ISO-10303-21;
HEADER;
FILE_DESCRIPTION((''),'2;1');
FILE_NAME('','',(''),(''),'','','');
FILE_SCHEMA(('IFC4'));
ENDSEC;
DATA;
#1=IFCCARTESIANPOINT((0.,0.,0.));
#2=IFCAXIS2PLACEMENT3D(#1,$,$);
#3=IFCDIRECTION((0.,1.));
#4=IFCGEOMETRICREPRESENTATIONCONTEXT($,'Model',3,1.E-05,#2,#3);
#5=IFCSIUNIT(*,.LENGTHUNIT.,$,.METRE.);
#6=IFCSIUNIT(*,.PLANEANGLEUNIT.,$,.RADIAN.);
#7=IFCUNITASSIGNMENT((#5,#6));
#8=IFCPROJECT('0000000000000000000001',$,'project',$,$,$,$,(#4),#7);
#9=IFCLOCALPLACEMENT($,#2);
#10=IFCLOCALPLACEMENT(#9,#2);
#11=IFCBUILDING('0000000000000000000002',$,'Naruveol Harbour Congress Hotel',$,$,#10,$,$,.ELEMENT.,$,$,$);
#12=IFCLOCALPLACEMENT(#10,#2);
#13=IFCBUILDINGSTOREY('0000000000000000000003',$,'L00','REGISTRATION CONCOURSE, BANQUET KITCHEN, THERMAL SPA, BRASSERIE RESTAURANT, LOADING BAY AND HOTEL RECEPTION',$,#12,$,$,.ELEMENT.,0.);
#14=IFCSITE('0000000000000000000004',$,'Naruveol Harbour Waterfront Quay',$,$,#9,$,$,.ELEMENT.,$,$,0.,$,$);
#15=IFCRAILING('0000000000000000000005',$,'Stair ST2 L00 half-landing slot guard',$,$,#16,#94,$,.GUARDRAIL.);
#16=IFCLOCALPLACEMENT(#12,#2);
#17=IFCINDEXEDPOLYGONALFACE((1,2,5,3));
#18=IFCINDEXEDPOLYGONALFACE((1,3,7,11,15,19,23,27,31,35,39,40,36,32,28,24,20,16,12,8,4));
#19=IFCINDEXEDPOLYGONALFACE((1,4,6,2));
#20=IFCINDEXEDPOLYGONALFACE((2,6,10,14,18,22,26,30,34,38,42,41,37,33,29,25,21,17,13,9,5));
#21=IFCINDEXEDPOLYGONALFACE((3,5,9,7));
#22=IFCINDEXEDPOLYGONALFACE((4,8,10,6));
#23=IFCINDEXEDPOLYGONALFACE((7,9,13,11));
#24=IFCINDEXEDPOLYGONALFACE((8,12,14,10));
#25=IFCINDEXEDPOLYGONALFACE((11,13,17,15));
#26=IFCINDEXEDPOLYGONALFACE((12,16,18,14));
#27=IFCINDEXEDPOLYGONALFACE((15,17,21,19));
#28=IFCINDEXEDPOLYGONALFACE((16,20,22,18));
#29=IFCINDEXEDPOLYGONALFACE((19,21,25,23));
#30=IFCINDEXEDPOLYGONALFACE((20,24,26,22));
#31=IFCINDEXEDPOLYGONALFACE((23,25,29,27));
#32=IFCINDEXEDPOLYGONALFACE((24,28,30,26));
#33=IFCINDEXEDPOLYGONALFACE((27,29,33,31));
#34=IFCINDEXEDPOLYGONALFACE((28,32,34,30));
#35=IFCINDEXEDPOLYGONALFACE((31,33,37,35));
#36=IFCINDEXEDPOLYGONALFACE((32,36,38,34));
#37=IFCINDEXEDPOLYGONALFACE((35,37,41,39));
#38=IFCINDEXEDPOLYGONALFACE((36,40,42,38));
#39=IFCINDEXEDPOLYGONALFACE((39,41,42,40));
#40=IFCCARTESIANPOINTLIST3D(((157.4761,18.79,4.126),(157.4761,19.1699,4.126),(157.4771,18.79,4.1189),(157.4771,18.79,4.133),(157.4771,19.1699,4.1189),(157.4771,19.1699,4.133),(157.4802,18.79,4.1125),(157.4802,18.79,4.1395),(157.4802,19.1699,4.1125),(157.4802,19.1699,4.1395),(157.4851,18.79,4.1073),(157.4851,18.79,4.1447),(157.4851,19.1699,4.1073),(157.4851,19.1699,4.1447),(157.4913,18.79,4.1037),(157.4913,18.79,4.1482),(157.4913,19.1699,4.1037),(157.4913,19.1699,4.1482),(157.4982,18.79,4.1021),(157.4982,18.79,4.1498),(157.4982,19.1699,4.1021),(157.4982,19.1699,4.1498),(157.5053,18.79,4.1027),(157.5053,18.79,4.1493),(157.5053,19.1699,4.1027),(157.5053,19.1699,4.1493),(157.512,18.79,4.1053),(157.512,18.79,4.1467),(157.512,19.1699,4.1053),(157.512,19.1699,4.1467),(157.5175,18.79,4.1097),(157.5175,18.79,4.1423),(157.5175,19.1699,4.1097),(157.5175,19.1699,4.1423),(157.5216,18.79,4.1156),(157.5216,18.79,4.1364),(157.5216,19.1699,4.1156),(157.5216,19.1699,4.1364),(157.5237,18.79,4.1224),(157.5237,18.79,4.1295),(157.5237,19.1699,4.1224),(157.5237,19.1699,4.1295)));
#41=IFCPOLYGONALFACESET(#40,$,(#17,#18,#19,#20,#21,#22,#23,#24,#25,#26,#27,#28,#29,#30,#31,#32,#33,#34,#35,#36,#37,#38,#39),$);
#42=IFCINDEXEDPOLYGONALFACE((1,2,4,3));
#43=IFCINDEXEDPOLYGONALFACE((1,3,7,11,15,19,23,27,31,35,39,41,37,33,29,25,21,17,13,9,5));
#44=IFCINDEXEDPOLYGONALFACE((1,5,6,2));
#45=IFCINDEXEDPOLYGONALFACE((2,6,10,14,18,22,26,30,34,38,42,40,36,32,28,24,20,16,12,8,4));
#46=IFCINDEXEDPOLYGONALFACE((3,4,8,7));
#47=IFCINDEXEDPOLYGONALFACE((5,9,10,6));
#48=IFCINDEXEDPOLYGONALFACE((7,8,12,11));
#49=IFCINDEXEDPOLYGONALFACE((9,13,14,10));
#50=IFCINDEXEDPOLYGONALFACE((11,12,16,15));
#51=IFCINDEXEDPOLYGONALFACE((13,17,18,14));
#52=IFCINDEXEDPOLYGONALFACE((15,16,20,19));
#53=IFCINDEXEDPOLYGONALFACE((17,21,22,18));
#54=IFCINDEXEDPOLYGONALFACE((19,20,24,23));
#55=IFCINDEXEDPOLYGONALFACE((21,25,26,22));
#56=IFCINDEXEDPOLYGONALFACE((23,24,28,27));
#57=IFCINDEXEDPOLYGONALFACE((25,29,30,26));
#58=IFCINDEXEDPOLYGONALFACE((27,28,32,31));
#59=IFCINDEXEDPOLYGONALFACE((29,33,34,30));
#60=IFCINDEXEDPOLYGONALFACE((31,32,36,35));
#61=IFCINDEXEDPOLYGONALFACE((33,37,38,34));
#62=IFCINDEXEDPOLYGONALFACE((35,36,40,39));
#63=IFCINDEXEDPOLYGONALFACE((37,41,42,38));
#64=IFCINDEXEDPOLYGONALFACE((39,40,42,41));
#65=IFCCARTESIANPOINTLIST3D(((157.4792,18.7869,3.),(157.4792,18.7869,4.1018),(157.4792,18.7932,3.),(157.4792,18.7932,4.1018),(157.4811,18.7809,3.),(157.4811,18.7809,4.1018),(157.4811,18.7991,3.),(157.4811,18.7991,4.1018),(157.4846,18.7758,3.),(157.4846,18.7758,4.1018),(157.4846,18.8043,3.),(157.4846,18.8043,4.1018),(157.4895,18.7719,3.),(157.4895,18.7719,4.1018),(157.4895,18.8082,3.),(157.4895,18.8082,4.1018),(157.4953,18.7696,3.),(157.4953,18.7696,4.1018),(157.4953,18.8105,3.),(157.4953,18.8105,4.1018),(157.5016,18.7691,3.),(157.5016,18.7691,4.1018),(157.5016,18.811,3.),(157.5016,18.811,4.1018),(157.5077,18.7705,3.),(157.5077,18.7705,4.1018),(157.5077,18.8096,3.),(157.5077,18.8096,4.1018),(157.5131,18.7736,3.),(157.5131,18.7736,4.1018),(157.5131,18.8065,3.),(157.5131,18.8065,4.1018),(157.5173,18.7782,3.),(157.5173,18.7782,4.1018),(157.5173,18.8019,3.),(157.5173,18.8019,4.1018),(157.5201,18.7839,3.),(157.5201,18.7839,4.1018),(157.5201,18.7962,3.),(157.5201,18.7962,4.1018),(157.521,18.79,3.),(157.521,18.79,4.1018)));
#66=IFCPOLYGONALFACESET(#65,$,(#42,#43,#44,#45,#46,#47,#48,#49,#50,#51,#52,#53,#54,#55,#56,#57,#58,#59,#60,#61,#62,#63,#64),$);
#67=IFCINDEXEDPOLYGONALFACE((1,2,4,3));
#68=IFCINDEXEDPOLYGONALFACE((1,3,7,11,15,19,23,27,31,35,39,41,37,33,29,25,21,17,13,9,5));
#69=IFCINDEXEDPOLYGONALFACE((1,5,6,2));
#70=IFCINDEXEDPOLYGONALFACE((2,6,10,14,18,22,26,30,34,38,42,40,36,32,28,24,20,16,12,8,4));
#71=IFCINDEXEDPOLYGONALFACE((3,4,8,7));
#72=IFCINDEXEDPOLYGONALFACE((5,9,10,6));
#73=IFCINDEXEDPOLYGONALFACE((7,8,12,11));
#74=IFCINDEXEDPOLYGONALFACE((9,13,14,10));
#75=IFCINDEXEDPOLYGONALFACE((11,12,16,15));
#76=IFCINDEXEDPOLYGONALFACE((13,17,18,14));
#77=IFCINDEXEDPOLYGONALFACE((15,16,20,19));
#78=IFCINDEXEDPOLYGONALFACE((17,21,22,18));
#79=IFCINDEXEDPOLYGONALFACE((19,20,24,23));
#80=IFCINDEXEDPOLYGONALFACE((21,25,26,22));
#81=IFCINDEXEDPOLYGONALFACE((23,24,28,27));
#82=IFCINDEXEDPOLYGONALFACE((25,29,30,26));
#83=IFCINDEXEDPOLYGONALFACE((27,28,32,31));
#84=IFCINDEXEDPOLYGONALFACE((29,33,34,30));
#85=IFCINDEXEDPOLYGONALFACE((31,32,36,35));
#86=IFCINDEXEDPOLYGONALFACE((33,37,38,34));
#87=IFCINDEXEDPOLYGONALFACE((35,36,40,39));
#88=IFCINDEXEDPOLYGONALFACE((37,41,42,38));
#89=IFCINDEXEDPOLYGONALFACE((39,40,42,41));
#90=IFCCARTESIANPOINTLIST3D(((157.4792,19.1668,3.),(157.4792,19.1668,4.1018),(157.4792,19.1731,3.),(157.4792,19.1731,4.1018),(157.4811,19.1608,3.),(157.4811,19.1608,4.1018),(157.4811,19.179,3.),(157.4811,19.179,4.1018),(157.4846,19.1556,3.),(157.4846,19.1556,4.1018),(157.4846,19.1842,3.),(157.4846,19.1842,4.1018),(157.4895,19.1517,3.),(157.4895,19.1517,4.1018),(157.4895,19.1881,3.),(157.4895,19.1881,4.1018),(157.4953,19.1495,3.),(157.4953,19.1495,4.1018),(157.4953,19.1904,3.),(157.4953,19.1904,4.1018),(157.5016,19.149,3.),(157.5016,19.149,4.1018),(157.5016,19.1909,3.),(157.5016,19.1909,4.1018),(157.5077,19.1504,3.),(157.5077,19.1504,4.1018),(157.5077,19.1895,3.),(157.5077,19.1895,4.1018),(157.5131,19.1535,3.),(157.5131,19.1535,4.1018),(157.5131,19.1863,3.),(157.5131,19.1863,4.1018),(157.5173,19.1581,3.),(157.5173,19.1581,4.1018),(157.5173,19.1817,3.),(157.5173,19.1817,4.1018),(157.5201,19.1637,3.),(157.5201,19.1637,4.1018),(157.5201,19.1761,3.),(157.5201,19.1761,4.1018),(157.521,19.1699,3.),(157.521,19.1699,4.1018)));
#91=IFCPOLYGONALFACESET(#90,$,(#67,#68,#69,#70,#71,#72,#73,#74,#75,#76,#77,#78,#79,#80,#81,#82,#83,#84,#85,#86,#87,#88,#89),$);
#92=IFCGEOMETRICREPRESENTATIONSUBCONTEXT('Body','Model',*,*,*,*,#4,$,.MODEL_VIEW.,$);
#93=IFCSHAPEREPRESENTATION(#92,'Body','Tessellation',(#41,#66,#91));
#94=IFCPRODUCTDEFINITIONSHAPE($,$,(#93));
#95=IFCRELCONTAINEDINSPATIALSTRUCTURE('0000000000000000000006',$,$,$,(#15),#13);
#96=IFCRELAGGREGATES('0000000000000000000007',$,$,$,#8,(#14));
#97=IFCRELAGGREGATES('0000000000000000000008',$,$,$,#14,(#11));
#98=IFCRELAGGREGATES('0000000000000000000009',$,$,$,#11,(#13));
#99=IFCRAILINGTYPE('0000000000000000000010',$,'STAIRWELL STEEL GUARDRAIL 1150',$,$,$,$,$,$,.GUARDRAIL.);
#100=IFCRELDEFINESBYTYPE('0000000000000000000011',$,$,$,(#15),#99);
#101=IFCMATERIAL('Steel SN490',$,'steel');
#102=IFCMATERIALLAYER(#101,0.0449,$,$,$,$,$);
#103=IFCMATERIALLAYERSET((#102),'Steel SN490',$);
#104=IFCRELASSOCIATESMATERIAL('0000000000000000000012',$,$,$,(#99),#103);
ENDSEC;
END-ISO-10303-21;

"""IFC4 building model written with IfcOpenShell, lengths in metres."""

from ifc_helpers import new_model, si_unit, direction, frame, origin, origin_2d, place, context, subcontext, project, spatial, circle, extrude, material, layer, layer_set, type_object, element, save


model = new_model("IFC4")

# Units and contexts
model_context = context("Model", 3, precision=1e-05, world=origin(), true_north=direction((0.0, 1.0)))
body_context = subcontext(model_context, "Body", "Model", "MODEL_VIEW")
ifc_project = project(units=[si_unit("LENGTHUNIT", "METRE"), si_unit("PLANEANGLEUNIT", "RADIAN")], contexts=[model_context])

# Site, building, storey
site_placement = place(None, origin())
site = spatial("IfcSite", under=ifc_project, at=site_placement, Name="Naruveol Harbour Waterfront Quay", CompositionType="ELEMENT", RefElevation=0.0)
building_placement = place(site_placement, origin())
building = spatial("IfcBuilding", under=site, at=building_placement, Name="Naruveol Harbour Congress Hotel", CompositionType="ELEMENT")
storey_placement = place(building_placement, origin())
storey = spatial("IfcBuildingStorey", under=building, at=storey_placement, Name="L00", Description="REGISTRATION CONCOURSE, BANQUET KITCHEN, THERMAL SPA, BRASSERIE RESTAURANT, LOADING BAY AND HOTEL RECEPTION", CompositionType="ELEMENT", Elevation=0.0)

# Railing
ifc_material_1 = material(Name="Steel SN490", Category="steel")
ifc_layer_1 = layer(ifc_material_1, 0.0449)
ifc_layer_set_1 = layer_set([ifc_layer_1], Name="Steel SN490")
railing_type_1 = type_object("IfcRailingType", Name="STAIRWELL STEEL GUARDRAIL 1150", PredefinedType="GUARDRAIL", material=ifc_layer_set_1)
railing_1_placement = place(storey_placement, frame((157.5, 18.79, 3.0)))
element("IfcRailing", 1, at=railing_1_placement, inside=storey, type_object=railing_type_1, Name="Stair ST2 L00 half-landing slot guard", PredefinedType="GUARDRAIL", context=body_context, shape_type="SweptSolid", body=[
    extrude(circle(Radius=0.0239, at=origin_2d()), frame((0.0, 0.0, 1.126), z_axis=(0.0, 1.0, 0.0), x_axis=(-1.0, 0.0, 0.0)), (0.0, 0.0, 1.0), 0.3799),
    extrude(circle(Radius=0.021, at=origin_2d()), origin(), (0.0, 0.0, 1.0), 1.1018),
    extrude(circle(Radius=0.021, at=origin_2d()), frame((0.0, 0.3799, 0.0)), (0.0, 0.0, 1.0), 1.1018),
])

save(model, "model.ifc")
